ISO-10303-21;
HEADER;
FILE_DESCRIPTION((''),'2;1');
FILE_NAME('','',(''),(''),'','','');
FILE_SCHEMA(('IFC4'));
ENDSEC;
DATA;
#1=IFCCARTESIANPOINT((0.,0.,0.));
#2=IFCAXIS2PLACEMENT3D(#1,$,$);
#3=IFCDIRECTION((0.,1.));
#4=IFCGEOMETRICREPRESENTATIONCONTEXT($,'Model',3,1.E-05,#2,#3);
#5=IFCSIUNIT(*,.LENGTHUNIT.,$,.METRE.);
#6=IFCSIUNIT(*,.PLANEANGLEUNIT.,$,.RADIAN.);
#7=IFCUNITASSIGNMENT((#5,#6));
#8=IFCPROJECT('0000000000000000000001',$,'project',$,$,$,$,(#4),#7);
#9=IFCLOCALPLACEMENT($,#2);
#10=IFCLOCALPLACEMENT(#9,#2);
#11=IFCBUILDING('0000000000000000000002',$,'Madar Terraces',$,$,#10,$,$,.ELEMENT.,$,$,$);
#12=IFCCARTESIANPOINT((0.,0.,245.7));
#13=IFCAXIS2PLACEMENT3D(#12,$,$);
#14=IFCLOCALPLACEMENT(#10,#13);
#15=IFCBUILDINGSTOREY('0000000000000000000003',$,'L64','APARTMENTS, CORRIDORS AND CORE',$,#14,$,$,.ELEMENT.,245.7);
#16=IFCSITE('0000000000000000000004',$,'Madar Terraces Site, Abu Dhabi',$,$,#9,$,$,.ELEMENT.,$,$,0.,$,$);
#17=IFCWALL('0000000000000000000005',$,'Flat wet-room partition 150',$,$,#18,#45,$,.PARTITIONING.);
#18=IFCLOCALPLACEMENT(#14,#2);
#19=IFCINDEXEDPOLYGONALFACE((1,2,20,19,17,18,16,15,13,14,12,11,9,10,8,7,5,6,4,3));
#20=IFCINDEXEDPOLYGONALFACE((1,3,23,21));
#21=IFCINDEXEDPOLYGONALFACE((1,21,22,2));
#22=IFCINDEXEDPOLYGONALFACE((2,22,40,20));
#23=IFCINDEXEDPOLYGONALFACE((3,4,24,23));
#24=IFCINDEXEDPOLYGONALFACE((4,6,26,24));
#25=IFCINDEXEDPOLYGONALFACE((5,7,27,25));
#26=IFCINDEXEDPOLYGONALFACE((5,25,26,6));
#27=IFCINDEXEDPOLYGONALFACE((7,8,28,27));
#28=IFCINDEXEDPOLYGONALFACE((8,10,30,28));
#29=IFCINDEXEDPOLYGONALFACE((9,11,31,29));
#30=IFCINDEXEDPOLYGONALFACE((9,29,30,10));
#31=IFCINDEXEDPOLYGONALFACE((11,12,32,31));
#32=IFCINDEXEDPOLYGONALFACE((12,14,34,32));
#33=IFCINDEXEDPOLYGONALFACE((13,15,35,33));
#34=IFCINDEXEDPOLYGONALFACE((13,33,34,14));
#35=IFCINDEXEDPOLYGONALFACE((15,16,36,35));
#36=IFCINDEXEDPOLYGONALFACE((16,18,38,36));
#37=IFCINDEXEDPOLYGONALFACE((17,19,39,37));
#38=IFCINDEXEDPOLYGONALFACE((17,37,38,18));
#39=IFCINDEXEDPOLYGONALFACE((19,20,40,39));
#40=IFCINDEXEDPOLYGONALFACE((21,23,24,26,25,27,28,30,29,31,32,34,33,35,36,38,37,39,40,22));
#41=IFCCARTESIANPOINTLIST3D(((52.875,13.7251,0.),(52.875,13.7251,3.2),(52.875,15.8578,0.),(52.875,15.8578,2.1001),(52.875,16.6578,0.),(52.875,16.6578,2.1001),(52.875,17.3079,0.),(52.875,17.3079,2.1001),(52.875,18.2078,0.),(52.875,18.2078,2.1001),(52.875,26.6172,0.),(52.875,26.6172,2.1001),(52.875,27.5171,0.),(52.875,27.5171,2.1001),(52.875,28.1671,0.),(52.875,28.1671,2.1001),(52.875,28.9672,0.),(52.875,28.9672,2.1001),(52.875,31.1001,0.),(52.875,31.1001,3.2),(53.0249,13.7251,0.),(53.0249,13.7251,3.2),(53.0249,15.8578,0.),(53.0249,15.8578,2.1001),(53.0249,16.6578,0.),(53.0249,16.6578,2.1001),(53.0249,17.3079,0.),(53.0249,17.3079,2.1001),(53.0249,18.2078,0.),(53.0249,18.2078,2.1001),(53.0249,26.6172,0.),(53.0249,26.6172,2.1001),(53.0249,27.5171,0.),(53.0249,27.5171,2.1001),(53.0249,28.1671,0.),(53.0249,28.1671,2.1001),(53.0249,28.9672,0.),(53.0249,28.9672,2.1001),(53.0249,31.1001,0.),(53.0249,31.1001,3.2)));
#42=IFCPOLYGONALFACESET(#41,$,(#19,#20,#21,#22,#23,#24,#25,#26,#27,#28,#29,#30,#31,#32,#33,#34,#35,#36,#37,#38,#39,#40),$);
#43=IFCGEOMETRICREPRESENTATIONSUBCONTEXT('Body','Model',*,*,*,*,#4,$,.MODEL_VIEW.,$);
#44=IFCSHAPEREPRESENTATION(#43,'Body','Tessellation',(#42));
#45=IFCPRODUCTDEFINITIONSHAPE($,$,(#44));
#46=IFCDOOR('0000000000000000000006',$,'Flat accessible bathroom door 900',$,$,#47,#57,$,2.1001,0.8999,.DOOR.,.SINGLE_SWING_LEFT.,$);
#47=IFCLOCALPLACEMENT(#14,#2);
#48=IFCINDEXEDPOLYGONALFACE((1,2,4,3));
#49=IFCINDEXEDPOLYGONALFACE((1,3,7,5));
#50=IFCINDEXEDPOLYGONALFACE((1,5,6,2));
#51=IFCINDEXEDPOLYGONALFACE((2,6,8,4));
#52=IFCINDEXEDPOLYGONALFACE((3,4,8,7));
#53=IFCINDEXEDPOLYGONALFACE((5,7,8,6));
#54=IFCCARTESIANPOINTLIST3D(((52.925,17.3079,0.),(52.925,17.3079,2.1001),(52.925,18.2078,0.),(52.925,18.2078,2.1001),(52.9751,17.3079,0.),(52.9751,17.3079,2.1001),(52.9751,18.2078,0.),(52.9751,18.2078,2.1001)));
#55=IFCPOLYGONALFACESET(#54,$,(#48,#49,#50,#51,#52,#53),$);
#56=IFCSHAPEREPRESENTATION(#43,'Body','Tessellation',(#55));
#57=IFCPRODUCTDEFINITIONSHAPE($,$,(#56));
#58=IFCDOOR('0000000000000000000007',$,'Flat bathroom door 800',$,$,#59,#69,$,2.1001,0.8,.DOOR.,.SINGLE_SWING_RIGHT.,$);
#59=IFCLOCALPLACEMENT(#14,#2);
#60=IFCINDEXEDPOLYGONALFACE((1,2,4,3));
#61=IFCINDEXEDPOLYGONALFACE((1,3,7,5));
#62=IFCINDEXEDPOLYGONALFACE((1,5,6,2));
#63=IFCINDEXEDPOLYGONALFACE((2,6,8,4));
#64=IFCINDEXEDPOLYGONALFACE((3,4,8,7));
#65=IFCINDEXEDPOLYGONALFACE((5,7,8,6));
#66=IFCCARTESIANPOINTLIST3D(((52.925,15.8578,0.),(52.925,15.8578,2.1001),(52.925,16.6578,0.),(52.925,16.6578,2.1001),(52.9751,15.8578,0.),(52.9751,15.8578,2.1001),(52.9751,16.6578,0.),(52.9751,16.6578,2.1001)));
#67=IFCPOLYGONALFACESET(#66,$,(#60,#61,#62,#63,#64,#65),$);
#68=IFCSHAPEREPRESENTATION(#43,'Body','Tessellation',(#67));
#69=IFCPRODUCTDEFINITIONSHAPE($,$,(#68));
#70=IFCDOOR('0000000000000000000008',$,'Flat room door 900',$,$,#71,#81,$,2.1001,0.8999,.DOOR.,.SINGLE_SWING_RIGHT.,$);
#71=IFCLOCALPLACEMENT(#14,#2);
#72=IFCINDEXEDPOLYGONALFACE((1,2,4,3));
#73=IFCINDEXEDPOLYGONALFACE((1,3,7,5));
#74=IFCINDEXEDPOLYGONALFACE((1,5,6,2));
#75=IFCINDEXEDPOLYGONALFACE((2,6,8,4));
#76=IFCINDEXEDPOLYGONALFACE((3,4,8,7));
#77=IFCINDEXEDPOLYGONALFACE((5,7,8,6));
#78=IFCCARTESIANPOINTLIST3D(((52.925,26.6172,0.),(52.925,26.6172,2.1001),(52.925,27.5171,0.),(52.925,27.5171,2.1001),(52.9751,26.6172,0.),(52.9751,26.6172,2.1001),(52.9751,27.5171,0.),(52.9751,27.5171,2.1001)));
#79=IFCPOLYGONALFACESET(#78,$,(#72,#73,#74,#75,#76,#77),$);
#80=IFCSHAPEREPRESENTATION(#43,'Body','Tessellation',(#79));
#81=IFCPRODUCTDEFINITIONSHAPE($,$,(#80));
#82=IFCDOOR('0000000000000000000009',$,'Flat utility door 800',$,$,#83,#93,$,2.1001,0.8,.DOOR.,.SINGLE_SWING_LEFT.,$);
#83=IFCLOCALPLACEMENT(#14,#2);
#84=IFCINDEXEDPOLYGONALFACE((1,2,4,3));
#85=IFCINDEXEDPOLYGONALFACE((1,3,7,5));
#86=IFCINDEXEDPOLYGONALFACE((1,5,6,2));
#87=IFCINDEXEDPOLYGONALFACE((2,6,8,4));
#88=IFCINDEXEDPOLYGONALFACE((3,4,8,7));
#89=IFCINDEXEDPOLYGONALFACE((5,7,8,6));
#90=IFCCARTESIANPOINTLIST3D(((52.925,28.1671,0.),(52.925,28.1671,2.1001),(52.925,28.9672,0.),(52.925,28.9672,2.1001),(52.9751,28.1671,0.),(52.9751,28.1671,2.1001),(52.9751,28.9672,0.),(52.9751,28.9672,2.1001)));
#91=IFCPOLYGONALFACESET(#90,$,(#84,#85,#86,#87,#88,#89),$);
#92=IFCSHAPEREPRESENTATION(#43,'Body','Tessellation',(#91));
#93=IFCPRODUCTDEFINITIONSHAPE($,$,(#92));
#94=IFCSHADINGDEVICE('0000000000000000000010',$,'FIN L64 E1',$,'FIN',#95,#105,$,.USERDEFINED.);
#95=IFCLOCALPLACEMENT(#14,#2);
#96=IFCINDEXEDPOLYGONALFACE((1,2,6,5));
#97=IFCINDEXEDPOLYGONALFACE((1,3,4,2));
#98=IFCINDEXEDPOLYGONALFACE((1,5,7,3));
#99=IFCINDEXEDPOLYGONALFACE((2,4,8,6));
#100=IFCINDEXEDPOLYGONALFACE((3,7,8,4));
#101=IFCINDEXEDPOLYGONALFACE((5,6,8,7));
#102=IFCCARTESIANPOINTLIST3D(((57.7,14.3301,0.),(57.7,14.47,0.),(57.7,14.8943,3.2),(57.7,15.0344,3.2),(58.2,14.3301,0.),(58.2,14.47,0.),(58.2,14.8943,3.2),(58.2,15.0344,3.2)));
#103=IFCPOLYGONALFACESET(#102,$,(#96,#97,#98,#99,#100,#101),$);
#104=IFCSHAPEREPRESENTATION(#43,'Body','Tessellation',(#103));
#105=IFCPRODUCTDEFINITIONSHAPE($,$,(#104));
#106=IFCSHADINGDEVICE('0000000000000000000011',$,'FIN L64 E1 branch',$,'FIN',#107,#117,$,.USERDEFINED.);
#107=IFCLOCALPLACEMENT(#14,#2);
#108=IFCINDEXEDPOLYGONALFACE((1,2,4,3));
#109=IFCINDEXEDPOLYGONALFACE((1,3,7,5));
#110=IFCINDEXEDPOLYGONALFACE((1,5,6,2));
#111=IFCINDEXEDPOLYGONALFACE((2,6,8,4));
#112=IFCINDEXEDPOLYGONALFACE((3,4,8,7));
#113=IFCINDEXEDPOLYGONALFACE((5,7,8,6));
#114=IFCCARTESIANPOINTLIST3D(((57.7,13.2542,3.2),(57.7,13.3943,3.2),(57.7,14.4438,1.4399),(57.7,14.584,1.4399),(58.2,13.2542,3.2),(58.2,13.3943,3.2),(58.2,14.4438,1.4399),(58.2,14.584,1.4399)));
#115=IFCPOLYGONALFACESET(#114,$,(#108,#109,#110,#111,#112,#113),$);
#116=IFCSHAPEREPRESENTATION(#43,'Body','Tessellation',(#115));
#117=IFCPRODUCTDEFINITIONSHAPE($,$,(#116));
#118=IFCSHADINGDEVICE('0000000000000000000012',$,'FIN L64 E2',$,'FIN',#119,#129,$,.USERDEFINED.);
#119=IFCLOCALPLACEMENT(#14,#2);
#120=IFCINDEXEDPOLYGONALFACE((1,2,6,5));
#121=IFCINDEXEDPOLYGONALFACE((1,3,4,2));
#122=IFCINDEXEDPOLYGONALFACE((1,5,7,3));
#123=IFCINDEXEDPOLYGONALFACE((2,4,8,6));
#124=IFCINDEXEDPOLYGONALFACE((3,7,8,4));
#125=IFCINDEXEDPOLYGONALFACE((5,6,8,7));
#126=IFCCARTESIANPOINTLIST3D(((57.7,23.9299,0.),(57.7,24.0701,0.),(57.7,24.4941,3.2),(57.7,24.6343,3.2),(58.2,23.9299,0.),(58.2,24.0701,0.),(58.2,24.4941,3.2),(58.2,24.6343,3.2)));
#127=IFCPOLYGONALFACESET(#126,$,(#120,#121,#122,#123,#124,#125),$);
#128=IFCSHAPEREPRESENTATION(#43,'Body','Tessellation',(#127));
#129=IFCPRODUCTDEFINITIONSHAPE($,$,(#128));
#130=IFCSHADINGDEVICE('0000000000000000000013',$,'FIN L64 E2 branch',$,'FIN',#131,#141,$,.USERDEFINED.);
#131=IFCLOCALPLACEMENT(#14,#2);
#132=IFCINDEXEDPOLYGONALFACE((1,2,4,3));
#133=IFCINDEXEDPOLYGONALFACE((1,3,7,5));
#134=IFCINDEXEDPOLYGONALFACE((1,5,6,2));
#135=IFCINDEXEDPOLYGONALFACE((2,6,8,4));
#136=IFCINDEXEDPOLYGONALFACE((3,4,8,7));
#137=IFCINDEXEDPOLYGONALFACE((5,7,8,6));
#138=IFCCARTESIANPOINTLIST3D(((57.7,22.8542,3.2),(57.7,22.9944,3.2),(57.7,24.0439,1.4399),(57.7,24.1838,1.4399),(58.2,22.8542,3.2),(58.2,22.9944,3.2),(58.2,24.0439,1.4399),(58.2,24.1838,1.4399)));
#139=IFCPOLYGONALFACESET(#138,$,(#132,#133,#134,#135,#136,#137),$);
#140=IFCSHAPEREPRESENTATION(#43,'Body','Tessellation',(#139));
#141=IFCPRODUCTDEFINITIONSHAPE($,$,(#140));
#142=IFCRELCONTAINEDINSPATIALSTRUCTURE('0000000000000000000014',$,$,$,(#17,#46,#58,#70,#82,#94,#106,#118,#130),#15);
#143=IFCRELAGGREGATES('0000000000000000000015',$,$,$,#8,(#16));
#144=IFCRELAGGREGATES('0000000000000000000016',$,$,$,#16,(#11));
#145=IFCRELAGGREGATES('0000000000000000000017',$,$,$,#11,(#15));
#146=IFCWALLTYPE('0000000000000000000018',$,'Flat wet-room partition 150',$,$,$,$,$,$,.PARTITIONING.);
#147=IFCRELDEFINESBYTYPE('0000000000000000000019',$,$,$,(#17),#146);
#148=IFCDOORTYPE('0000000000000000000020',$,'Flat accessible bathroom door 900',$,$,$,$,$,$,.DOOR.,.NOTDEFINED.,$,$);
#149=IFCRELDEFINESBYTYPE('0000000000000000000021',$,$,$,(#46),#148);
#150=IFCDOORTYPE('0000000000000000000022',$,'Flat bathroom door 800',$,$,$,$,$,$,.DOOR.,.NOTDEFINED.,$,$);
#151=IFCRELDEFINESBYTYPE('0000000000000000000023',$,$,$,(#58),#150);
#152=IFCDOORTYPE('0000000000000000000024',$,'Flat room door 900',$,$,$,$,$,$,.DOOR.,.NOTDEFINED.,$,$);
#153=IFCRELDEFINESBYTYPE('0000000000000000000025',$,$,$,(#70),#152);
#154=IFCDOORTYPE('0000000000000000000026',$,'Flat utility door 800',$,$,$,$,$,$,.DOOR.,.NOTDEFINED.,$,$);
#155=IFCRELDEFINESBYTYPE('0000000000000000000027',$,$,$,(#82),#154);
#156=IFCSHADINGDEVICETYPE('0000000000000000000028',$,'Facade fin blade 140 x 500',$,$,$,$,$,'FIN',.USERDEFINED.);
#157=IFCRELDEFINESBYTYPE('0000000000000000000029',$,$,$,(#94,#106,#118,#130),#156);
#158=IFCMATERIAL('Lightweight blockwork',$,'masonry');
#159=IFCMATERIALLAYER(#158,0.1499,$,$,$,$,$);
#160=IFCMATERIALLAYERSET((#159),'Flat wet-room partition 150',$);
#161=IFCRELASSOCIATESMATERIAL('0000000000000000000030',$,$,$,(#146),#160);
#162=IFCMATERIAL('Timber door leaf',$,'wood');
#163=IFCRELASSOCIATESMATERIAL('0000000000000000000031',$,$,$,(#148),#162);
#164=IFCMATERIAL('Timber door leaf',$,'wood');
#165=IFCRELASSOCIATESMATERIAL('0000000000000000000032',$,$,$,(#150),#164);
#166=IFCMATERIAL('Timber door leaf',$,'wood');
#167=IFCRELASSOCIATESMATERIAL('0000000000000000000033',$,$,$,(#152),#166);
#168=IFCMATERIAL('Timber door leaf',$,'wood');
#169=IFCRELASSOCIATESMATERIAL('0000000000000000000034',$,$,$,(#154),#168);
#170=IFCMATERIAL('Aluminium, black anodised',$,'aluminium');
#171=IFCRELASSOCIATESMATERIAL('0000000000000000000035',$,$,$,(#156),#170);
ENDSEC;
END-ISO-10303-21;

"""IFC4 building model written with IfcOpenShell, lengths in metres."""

from ifc_helpers import new_model, si_unit, direction, frame, frame_2d, origin, place, context, subcontext, project, spatial, polyline, rectangle, outline, extrude, material, layer, layer_set, type_object, element, fill, save


model = new_model("IFC4")

# Units and contexts
model_context = context("Model", 3, precision=1e-05, world=origin(), true_north=direction((0.0, 1.0)))
body_context = subcontext(model_context, "Body", "Model", "MODEL_VIEW")
ifc_project = project(units=[si_unit("LENGTHUNIT", "METRE"), si_unit("PLANEANGLEUNIT", "RADIAN")], contexts=[model_context])

# Site, building, storey
site_placement = place(None, origin())
site = spatial("IfcSite", under=ifc_project, at=site_placement, Name="Madar Terraces Site, Abu Dhabi", CompositionType="ELEMENT", RefElevation=0.0)
building_placement = place(site_placement, origin())
building = spatial("IfcBuilding", under=site, at=building_placement, Name="Madar Terraces", CompositionType="ELEMENT")
storey_placement = place(building_placement, frame((0.0, 0.0, 245.7)))
storey = spatial("IfcBuildingStorey", under=building, at=storey_placement, Name="L64", Description="APARTMENTS, CORRIDORS AND CORE", CompositionType="ELEMENT", Elevation=245.7)

# Shared definitions
ifc_material_1 = material(Name="Lightweight blockwork", Category="masonry")
ifc_layer_1 = layer(ifc_material_1, 0.1499)
ifc_layer_set_1 = layer_set([ifc_layer_1], Name="Flat wet-room partition 150")
wall_type_1 = type_object("IfcWallType", Name="Flat wet-room partition 150", PredefinedType="PARTITIONING", material=ifc_layer_set_1)

# Wall, openings, doors
wall_1_placement = place(storey_placement, frame((52.95, 13.7251, 0.0), z_axis=(0.0, 0.0, 1.0), x_axis=(0.0, 1.0, 0.0)))
wall_1 = element("IfcWall", 1, at=wall_1_placement, inside=storey, type_object=wall_type_1, Name="Flat wet-room partition 150", PredefinedType="PARTITIONING", context=body_context, shape_type="SweptSolid", body=[
    extrude(rectangle(XDim=17.375, YDim=0.1499, at=frame_2d((8.6875, 0.0))), origin(), (0.0, 0.0, 1.0), 3.2),
])
opening_1_placement = place(wall_1_placement, frame((2.1328, 0.0, 0.0)))
opening_1 = element("IfcOpeningElement", 2, at=opening_1_placement, cuts=wall_1, PredefinedType="OPENING", context=body_context, shape_type="SweptSolid", body=[
    extrude(rectangle(XDim=0.8, YDim=2.1001, at=frame_2d((0.3999, 1.05))), frame((0.0, 0.085, 0.0), z_axis=(0.0, -1.0, 0.0), x_axis=(1.0, 0.0, 0.0)), (0.0, 0.0, 1.0), 0.1699),
])
opening_2_placement = place(wall_1_placement, frame((3.5828, 0.0, 0.0)))
opening_2 = element("IfcOpeningElement", 3, at=opening_2_placement, cuts=wall_1, PredefinedType="OPENING", context=body_context, shape_type="SweptSolid", body=[
    extrude(rectangle(XDim=0.8999, YDim=2.1001, at=frame_2d((0.45, 1.05))), frame((0.0, 0.085, 0.0), z_axis=(0.0, -1.0, 0.0), x_axis=(1.0, 0.0, 0.0)), (0.0, 0.0, 1.0), 0.1699),
])
opening_3_placement = place(wall_1_placement, frame((12.8921, 0.0, 0.0)))
opening_3 = element("IfcOpeningElement", 4, at=opening_3_placement, cuts=wall_1, PredefinedType="OPENING", context=body_context, shape_type="SweptSolid", body=[
    extrude(rectangle(XDim=0.8999, YDim=2.1001, at=frame_2d((0.45, 1.05))), frame((0.0, 0.085, 0.0), z_axis=(0.0, -1.0, 0.0), x_axis=(1.0, 0.0, 0.0)), (0.0, 0.0, 1.0), 0.1699),
])
opening_4_placement = place(wall_1_placement, frame((14.4421, 0.0, 0.0)))
opening_4 = element("IfcOpeningElement", 5, at=opening_4_placement, cuts=wall_1, PredefinedType="OPENING", context=body_context, shape_type="SweptSolid", body=[
    extrude(rectangle(XDim=0.8, YDim=2.1001, at=frame_2d((0.3999, 1.05))), frame((0.0, 0.085, 0.0), z_axis=(0.0, -1.0, 0.0), x_axis=(1.0, 0.0, 0.0)), (0.0, 0.0, 1.0), 0.1699),
])
ifc_material_2 = material(Name="Timber door leaf", Category="wood")
door_type_1 = type_object("IfcDoorType", Name="Flat accessible bathroom door 900", OperationType="NOTDEFINED", PredefinedType="DOOR", material=ifc_material_2)
door_1_placement = place(opening_2_placement, origin())
door_1 = element("IfcDoor", 6, at=door_1_placement, inside=storey, type_object=door_type_1, Name="Flat accessible bathroom door 900", OperationType="SINGLE_SWING_LEFT", OverallHeight=2.1001, OverallWidth=0.8999, PredefinedType="DOOR", context=body_context, shape_type="SweptSolid", body=[
    extrude(rectangle(XDim=0.8999, YDim=2.1001, at=frame_2d((0.45, 1.05))), frame((0.0, 0.0249, 0.0), z_axis=(0.0, -1.0, 0.0), x_axis=(1.0, 0.0, 0.0)), (0.0, 0.0, 1.0), 0.05),
])
fill(opening_2, door_1)
ifc_material_3 = material(Name="Timber door leaf", Category="wood")
door_type_2 = type_object("IfcDoorType", Name="Flat bathroom door 800", OperationType="NOTDEFINED", PredefinedType="DOOR", material=ifc_material_3)
door_2_placement = place(opening_1_placement, origin())
door_2 = element("IfcDoor", 7, at=door_2_placement, inside=storey, type_object=door_type_2, Name="Flat bathroom door 800", OperationType="SINGLE_SWING_RIGHT", OverallHeight=2.1001, OverallWidth=0.8, PredefinedType="DOOR", context=body_context, shape_type="SweptSolid", body=[
    extrude(rectangle(XDim=0.8, YDim=2.1001, at=frame_2d((0.3999, 1.05))), frame((0.0, 0.0249, 0.0), z_axis=(0.0, -1.0, 0.0), x_axis=(1.0, 0.0, 0.0)), (0.0, 0.0, 1.0), 0.05),
])
fill(opening_1, door_2)
ifc_material_4 = material(Name="Timber door leaf", Category="wood")
door_type_3 = type_object("IfcDoorType", Name="Flat room door 900", OperationType="NOTDEFINED", PredefinedType="DOOR", material=ifc_material_4)
door_3_placement = place(opening_3_placement, origin())
door_3 = element("IfcDoor", 8, at=door_3_placement, inside=storey, type_object=door_type_3, Name="Flat room door 900", OperationType="SINGLE_SWING_RIGHT", OverallHeight=2.1001, OverallWidth=0.8999, PredefinedType="DOOR", context=body_context, shape_type="SweptSolid", body=[
    extrude(rectangle(XDim=0.8999, YDim=2.1001, at=frame_2d((0.45, 1.05))), frame((0.0, 0.0249, 0.0), z_axis=(0.0, -1.0, 0.0), x_axis=(1.0, 0.0, 0.0)), (0.0, 0.0, 1.0), 0.05),
])
fill(opening_3, door_3)
ifc_material_5 = material(Name="Timber door leaf", Category="wood")
door_type_4 = type_object("IfcDoorType", Name="Flat utility door 800", OperationType="NOTDEFINED", PredefinedType="DOOR", material=ifc_material_5)
door_4_placement = place(opening_4_placement, origin())
door_4 = element("IfcDoor", 9, at=door_4_placement, inside=storey, type_object=door_type_4, Name="Flat utility door 800", OperationType="SINGLE_SWING_LEFT", OverallHeight=2.1001, OverallWidth=0.8, PredefinedType="DOOR", context=body_context, shape_type="SweptSolid", body=[
    extrude(rectangle(XDim=0.8, YDim=2.1001, at=frame_2d((0.3999, 1.05))), frame((0.0, 0.0249, 0.0), z_axis=(0.0, -1.0, 0.0), x_axis=(1.0, 0.0, 0.0)), (0.0, 0.0, 1.0), 0.05),
])
fill(opening_4, door_4)

# Shading devices
ifc_material_6 = material(Name="Aluminium, black anodised", Category="aluminium")
shading_device_type = type_object("IfcShadingDeviceType", Name="Facade fin blade 140 x 500", ElementType="FIN", PredefinedType="USERDEFINED", material=ifc_material_6)
shading_device_1_placement = place(storey_placement, frame((57.95, 14.3301, 0.0), z_axis=(0.0, 0.0, 1.0), x_axis=(0.0, 1.0, 0.0)))
element("IfcShadingDevice", 10, at=shading_device_1_placement, inside=storey, type_object=shading_device_type, Name="FIN L64 E1", ObjectType="FIN", PredefinedType="USERDEFINED", context=body_context, shape_type="SweptSolid", body=[
    extrude(outline(polyline([(0.0, 0.0), (0.1399, 0.0), (0.7043, 3.2), (0.5642, 3.2), (0.0, 0.0)])), frame((0.0, 0.25, 0.0), z_axis=(0.0, -1.0, 0.0), x_axis=(1.0, 0.0, 0.0)), (0.0, 0.0, 1.0), 0.5),
])
shading_device_2_placement = place(storey_placement, frame((57.95, 14.4438, 1.4399), z_axis=(0.0, 0.0, 1.0), x_axis=(0.0, 1.0, 0.0)))
element("IfcShadingDevice", 11, at=shading_device_2_placement, inside=storey, type_object=shading_device_type, Name="FIN L64 E1 branch", ObjectType="FIN", PredefinedType="USERDEFINED", context=body_context, shape_type="SweptSolid", body=[
    extrude(outline(polyline([(0.0, 0.0), (0.1401, 0.0), (-1.0496, 1.76), (-1.1897, 1.76), (0.0, 0.0)])), frame((0.0, 0.25, 0.0), z_axis=(0.0, -1.0, 0.0), x_axis=(1.0, 0.0, 0.0)), (0.0, 0.0, 1.0), 0.5),
])
shading_device_3_placement = place(storey_placement, frame((57.95, 23.9299, 0.0), z_axis=(0.0, 0.0, 1.0), x_axis=(0.0, 1.0, 0.0)))
element("IfcShadingDevice", 12, at=shading_device_3_placement, inside=storey, type_object=shading_device_type, Name="FIN L64 E2", ObjectType="FIN", PredefinedType="USERDEFINED", context=body_context, shape_type="SweptSolid", body=[
    extrude(outline(polyline([(0.0, 0.0), (0.1401, 0.0), (0.7043, 3.2), (0.5642, 3.2), (0.0, 0.0)])), frame((0.0, 0.25, 0.0), z_axis=(0.0, -1.0, 0.0), x_axis=(1.0, 0.0, 0.0)), (0.0, 0.0, 1.0), 0.5),
])
shading_device_4_placement = place(storey_placement, frame((57.95, 24.0439, 1.4399), z_axis=(0.0, 0.0, 1.0), x_axis=(0.0, 1.0, 0.0)))
element("IfcShadingDevice", 13, at=shading_device_4_placement, inside=storey, type_object=shading_device_type, Name="FIN L64 E2 branch", ObjectType="FIN", PredefinedType="USERDEFINED", context=body_context, shape_type="SweptSolid", body=[
    extrude(outline(polyline([(0.0, 0.0), (0.1399, 0.0), (-1.0496, 1.76), (-1.1897, 1.76), (0.0, 0.0)])), frame((0.0, 0.25, 0.0), z_axis=(0.0, -1.0, 0.0), x_axis=(1.0, 0.0, 0.0)), (0.0, 0.0, 1.0), 0.5),
])

save(model, "model.ifc")
